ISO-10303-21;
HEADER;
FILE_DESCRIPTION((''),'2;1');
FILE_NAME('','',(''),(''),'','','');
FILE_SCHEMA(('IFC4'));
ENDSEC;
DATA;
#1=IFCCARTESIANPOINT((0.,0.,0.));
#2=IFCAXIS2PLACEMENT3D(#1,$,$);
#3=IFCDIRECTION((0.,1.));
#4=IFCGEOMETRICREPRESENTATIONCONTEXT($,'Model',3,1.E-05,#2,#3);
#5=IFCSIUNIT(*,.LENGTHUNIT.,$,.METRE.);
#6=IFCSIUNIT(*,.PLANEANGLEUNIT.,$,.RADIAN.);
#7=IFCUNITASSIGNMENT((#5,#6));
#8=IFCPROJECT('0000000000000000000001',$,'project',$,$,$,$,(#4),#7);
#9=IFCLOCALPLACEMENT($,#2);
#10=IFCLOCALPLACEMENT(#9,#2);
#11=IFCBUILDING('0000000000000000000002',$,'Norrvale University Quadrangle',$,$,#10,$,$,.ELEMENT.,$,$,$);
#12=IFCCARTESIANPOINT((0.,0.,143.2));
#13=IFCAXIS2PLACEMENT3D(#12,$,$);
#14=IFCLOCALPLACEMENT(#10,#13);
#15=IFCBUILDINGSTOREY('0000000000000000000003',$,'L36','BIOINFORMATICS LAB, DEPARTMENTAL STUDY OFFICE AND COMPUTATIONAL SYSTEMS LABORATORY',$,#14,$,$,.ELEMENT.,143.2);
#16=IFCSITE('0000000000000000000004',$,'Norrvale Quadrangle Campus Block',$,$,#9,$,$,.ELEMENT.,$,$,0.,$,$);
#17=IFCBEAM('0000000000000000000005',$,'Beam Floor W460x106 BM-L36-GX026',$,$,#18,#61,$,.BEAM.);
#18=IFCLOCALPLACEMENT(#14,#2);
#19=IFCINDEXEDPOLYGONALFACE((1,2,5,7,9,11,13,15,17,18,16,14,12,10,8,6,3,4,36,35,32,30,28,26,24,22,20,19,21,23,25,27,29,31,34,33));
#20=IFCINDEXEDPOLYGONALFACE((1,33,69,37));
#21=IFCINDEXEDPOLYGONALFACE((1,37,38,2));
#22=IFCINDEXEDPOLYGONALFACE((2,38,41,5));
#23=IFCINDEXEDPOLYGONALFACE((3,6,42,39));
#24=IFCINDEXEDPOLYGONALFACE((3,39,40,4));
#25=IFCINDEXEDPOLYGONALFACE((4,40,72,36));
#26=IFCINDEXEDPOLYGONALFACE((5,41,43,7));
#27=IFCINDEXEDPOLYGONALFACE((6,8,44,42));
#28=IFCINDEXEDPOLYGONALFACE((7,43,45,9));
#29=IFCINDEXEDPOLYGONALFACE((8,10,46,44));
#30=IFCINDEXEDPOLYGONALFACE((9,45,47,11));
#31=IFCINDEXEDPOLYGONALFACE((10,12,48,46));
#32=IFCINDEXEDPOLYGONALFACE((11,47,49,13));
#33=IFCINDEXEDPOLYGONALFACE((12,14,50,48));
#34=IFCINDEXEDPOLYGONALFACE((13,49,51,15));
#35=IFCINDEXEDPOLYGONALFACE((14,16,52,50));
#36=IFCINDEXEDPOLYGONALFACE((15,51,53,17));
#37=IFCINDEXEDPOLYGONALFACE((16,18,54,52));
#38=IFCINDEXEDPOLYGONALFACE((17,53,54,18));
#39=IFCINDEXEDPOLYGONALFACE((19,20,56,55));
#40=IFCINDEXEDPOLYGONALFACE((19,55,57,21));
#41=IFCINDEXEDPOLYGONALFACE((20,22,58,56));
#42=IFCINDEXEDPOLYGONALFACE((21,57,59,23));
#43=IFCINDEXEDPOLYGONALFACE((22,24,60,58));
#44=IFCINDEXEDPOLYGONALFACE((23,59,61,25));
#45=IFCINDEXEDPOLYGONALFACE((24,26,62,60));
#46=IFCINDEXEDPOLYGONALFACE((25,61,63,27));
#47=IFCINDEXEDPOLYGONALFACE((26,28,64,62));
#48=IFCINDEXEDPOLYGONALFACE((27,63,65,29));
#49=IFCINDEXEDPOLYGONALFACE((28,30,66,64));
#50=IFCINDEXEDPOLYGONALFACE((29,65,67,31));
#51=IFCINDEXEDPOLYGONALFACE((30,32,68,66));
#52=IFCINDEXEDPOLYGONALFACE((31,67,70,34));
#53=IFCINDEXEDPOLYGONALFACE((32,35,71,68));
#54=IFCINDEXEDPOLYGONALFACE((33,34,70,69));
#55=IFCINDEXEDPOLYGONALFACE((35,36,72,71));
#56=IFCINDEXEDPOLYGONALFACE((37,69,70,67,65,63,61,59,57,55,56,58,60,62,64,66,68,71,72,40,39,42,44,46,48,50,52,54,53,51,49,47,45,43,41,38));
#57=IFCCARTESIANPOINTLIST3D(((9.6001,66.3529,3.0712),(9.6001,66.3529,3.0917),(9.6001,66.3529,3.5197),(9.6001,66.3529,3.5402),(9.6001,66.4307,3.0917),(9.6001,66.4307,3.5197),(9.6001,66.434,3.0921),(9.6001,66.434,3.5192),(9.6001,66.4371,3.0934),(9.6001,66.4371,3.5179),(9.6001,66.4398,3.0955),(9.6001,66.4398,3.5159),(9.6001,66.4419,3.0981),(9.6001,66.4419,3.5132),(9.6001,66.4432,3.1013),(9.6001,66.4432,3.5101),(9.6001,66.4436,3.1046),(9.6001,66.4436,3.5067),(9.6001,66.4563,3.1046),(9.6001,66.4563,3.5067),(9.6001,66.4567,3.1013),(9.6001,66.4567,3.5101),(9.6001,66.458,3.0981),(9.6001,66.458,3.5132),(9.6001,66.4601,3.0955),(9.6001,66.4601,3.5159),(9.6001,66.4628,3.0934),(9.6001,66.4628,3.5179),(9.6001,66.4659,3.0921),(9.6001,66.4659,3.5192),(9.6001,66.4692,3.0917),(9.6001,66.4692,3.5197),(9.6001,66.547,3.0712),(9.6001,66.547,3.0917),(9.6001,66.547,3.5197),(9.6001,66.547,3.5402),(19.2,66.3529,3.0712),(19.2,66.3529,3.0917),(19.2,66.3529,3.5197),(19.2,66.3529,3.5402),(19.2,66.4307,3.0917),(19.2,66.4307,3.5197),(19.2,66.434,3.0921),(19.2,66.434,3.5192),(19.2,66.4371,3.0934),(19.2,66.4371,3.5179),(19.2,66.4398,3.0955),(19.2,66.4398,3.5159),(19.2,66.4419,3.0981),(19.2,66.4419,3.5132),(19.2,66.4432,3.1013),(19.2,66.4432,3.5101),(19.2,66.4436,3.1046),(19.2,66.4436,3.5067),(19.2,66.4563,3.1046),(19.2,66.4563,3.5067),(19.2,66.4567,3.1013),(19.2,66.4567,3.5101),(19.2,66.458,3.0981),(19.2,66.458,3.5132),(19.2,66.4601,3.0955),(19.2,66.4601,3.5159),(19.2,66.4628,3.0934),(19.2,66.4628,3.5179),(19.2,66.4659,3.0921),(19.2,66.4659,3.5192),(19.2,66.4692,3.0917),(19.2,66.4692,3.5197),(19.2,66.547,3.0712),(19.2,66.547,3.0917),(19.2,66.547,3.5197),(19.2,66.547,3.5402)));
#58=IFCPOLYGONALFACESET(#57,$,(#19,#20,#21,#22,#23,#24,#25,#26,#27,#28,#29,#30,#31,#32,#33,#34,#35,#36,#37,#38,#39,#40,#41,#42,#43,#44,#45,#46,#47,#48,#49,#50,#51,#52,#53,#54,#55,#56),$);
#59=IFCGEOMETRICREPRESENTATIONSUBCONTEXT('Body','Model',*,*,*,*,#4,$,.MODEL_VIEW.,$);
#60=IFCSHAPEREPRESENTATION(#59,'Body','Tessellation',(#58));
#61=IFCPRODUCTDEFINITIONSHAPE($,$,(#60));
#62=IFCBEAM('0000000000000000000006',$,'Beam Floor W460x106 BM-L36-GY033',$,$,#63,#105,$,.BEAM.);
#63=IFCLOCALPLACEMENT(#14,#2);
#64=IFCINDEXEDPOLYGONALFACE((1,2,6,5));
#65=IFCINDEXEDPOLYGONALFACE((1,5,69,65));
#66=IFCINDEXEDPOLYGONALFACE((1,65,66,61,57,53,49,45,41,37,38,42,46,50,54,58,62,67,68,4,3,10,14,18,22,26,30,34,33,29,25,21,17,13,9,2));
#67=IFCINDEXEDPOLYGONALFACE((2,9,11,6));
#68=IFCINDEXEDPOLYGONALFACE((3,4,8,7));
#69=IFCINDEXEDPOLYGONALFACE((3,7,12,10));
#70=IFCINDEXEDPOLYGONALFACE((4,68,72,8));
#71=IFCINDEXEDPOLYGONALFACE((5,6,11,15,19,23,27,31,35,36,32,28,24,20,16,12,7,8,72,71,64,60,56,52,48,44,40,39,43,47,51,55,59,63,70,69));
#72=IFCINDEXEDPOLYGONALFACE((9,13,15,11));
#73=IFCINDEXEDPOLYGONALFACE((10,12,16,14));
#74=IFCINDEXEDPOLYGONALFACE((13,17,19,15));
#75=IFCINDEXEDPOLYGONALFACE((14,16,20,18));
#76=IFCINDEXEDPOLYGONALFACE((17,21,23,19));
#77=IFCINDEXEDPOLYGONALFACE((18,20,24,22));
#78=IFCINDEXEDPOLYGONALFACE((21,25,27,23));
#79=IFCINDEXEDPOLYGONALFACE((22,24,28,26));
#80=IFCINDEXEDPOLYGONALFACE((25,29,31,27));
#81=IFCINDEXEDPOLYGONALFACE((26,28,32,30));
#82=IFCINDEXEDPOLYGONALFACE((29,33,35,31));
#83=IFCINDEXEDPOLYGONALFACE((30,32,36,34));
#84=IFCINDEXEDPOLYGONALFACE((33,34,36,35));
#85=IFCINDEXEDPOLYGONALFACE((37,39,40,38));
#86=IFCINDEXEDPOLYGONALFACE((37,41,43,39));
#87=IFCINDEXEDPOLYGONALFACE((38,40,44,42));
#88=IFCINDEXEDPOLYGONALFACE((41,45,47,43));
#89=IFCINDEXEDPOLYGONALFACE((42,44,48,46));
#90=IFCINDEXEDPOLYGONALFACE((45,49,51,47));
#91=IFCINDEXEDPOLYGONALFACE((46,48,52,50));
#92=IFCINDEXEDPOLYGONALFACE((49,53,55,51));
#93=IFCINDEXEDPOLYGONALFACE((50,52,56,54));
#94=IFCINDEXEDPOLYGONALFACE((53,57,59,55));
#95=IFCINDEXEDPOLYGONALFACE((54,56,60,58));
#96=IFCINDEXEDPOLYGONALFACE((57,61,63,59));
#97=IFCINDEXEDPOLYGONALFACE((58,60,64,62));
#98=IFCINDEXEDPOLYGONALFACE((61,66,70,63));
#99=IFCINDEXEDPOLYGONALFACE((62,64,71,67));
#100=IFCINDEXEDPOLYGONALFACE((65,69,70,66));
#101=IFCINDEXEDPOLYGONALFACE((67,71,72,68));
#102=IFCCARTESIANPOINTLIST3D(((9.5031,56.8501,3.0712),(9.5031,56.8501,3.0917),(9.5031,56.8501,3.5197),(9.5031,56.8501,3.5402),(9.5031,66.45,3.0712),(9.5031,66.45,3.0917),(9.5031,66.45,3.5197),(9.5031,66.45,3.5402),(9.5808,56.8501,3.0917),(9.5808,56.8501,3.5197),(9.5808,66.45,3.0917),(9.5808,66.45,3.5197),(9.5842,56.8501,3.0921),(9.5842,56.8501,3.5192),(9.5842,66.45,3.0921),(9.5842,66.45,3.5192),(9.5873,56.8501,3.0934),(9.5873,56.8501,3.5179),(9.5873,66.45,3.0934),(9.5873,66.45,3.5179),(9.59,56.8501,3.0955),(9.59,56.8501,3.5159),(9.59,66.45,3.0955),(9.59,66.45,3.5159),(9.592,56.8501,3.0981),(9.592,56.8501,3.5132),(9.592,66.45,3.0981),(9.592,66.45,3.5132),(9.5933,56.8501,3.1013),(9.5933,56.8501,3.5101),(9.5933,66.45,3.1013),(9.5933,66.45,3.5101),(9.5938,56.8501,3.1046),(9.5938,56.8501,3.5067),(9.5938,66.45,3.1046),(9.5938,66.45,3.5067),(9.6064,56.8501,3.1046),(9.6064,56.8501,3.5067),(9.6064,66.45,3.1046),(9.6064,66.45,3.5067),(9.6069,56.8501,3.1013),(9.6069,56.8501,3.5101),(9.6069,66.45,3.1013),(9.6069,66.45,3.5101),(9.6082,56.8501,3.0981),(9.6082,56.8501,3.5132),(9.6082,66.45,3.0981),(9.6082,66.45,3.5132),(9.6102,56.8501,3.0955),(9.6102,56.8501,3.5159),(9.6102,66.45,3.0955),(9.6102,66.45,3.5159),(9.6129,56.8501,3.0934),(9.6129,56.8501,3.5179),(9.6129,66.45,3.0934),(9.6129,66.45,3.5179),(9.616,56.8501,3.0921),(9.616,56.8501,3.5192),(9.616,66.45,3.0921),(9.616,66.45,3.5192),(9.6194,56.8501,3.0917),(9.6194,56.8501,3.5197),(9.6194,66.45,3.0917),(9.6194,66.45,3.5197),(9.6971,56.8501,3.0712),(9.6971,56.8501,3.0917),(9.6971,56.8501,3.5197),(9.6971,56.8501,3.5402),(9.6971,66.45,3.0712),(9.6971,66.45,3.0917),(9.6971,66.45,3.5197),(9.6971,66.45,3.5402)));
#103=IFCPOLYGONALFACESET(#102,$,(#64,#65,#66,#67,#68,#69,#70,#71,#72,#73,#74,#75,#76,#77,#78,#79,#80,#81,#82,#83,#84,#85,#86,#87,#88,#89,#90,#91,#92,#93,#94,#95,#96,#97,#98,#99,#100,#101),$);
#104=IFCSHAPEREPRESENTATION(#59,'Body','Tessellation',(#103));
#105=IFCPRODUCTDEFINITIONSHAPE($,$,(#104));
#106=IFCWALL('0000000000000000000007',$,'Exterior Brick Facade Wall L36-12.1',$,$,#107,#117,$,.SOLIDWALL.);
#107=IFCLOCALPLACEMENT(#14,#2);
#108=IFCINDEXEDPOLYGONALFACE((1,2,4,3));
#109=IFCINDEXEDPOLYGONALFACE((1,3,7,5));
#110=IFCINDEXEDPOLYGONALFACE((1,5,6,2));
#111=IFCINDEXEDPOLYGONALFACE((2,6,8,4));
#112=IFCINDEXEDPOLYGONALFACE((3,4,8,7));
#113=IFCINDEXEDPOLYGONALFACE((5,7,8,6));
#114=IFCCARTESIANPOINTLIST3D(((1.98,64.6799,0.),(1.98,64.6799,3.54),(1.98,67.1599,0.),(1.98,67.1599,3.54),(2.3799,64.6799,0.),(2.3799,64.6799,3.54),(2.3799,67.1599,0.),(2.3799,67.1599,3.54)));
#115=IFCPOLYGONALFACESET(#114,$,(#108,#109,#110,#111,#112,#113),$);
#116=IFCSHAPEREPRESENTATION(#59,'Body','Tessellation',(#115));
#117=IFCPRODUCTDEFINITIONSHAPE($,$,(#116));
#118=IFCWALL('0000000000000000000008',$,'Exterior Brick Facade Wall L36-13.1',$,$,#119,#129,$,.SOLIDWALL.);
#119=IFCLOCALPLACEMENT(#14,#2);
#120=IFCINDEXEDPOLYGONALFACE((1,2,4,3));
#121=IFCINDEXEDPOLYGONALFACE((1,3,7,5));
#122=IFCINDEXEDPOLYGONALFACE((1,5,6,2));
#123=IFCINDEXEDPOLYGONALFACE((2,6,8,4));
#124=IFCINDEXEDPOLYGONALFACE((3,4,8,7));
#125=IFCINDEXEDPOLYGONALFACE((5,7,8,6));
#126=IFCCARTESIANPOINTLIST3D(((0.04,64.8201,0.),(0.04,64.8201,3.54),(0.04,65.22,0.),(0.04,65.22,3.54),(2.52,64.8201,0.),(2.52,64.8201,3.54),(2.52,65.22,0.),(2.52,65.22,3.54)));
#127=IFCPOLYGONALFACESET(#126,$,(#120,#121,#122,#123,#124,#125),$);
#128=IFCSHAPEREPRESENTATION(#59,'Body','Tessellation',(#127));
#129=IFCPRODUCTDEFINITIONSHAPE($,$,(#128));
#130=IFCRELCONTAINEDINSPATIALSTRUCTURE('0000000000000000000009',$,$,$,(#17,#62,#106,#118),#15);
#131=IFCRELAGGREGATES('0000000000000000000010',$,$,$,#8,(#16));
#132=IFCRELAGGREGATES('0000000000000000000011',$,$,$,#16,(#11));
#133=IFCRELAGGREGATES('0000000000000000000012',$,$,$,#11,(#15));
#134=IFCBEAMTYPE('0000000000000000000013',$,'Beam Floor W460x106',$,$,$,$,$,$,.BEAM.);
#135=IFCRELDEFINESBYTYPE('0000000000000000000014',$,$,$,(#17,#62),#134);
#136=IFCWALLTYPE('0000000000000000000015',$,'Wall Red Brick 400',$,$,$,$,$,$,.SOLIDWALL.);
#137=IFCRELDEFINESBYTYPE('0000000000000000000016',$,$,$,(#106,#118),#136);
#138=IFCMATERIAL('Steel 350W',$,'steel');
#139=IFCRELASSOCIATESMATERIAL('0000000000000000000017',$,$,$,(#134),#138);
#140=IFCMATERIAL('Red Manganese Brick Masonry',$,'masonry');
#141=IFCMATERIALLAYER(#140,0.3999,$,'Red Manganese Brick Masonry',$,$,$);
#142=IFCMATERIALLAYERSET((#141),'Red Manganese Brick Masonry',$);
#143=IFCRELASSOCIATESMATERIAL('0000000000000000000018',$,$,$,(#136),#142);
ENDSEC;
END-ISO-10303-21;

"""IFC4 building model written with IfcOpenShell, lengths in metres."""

from ifc_helpers import new_model, si_unit, direction, frame, frame_2d, origin, origin_2d, place, context, subcontext, project, spatial, rectangle, i_section, extrude, material, layer, layer_set, material_profile, profile_set, type_object, element, save


model = new_model("IFC4")

# Units and contexts
model_context = context("Model", 3, precision=1e-05, world=origin(), true_north=direction((0.0, 1.0)))
body_context = subcontext(model_context, "Body", "Model", "MODEL_VIEW")
ifc_project = project(units=[si_unit("LENGTHUNIT", "METRE"), si_unit("PLANEANGLEUNIT", "RADIAN")], contexts=[model_context])

# Site, building, storey
site_placement = place(None, origin())
site = spatial("IfcSite", under=ifc_project, at=site_placement, Name="Norrvale Quadrangle Campus Block", CompositionType="ELEMENT", RefElevation=0.0)
building_placement = place(site_placement, origin())
building = spatial("IfcBuilding", under=site, at=building_placement, Name="Norrvale University Quadrangle", CompositionType="ELEMENT")
storey_placement = place(building_placement, frame((0.0, 0.0, 143.2)))
storey = spatial("IfcBuildingStorey", under=building, at=storey_placement, Name="L36", Description="BIOINFORMATICS LAB, DEPARTMENTAL STUDY OFFICE AND COMPUTATIONAL SYSTEMS LABORATORY", CompositionType="ELEMENT", Elevation=143.2)

# Beams
ifc_material_1 = material(Name="Steel 350W", Category="steel")
ifc_material_profile_1 = material_profile(ifc_material_1, i_section(OverallWidth=0.1941, OverallDepth=0.469, WebThickness=0.0127, FlangeThickness=0.0205, FilletRadius=0.0129, at=origin_2d()), Name="Steel 350W")
ifc_profile_set_1 = profile_set([ifc_material_profile_1], Name="Steel 350W")
beam_type_1 = type_object("IfcBeamType", Name="Beam Floor W460x106", PredefinedType="BEAM", material=ifc_profile_set_1)
for number, where, z_axis, x_axis, name in (
    (1, (9.6001, 66.45, 3.3057), (1.0, 0.0, 0.0), (0.0, 1.0, 0.0), "Beam Floor W460x106 BM-L36-GX026"),
    (2, (9.6001, 56.8501, 3.3057), (0.0, 1.0, 0.0), (-1.0, 0.0, 0.0), "Beam Floor W460x106 BM-L36-GY033"),
):
    element("IfcBeam", number, at=place(storey_placement, frame(where, z_axis=z_axis, x_axis=x_axis)), inside=storey, type_object=beam_type_1, Name=name, PredefinedType="BEAM", context=body_context, shape_type="SweptSolid", body=[
        extrude(i_section(OverallWidth=0.1941, OverallDepth=0.469, WebThickness=0.0127, FlangeThickness=0.0205, FilletRadius=0.0129, at=origin_2d()), origin(), (0.0, 0.0, 1.0), 9.5999),
    ])

# Walls
ifc_material_2 = material(Name="Red Manganese Brick Masonry", Category="masonry")
ifc_layer = layer(ifc_material_2, 0.3999, Name="Red Manganese Brick Masonry")
ifc_layer_set = layer_set([ifc_layer], Name="Red Manganese Brick Masonry")
wall_type = type_object("IfcWallType", Name="Wall Red Brick 400", PredefinedType="SOLIDWALL", material=ifc_layer_set)
for number, where, z_axis, x_axis, name in (
    (3, (2.1799, 67.1599, 0.0), (0.0, 0.0, 1.0), (0.0, -1.0, 0.0), "Exterior Brick Facade Wall L36-12.1"),
    (4, (2.52, 65.02, 0.0), (0.0, 0.0, 1.0), (-1.0, 0.0, 0.0), "Exterior Brick Facade Wall L36-13.1"),
):
    element("IfcWall", number, at=place(storey_placement, frame(where, z_axis=z_axis, x_axis=x_axis)), inside=storey, type_object=wall_type, Name=name, PredefinedType="SOLIDWALL", context=body_context, shape_type="SweptSolid", body=[
        extrude(rectangle(XDim=2.48, YDim=0.3999, at=frame_2d((1.24, 0.0))), origin(), (0.0, 0.0, 1.0), 3.54),
    ])

save(model, "model.ifc")
